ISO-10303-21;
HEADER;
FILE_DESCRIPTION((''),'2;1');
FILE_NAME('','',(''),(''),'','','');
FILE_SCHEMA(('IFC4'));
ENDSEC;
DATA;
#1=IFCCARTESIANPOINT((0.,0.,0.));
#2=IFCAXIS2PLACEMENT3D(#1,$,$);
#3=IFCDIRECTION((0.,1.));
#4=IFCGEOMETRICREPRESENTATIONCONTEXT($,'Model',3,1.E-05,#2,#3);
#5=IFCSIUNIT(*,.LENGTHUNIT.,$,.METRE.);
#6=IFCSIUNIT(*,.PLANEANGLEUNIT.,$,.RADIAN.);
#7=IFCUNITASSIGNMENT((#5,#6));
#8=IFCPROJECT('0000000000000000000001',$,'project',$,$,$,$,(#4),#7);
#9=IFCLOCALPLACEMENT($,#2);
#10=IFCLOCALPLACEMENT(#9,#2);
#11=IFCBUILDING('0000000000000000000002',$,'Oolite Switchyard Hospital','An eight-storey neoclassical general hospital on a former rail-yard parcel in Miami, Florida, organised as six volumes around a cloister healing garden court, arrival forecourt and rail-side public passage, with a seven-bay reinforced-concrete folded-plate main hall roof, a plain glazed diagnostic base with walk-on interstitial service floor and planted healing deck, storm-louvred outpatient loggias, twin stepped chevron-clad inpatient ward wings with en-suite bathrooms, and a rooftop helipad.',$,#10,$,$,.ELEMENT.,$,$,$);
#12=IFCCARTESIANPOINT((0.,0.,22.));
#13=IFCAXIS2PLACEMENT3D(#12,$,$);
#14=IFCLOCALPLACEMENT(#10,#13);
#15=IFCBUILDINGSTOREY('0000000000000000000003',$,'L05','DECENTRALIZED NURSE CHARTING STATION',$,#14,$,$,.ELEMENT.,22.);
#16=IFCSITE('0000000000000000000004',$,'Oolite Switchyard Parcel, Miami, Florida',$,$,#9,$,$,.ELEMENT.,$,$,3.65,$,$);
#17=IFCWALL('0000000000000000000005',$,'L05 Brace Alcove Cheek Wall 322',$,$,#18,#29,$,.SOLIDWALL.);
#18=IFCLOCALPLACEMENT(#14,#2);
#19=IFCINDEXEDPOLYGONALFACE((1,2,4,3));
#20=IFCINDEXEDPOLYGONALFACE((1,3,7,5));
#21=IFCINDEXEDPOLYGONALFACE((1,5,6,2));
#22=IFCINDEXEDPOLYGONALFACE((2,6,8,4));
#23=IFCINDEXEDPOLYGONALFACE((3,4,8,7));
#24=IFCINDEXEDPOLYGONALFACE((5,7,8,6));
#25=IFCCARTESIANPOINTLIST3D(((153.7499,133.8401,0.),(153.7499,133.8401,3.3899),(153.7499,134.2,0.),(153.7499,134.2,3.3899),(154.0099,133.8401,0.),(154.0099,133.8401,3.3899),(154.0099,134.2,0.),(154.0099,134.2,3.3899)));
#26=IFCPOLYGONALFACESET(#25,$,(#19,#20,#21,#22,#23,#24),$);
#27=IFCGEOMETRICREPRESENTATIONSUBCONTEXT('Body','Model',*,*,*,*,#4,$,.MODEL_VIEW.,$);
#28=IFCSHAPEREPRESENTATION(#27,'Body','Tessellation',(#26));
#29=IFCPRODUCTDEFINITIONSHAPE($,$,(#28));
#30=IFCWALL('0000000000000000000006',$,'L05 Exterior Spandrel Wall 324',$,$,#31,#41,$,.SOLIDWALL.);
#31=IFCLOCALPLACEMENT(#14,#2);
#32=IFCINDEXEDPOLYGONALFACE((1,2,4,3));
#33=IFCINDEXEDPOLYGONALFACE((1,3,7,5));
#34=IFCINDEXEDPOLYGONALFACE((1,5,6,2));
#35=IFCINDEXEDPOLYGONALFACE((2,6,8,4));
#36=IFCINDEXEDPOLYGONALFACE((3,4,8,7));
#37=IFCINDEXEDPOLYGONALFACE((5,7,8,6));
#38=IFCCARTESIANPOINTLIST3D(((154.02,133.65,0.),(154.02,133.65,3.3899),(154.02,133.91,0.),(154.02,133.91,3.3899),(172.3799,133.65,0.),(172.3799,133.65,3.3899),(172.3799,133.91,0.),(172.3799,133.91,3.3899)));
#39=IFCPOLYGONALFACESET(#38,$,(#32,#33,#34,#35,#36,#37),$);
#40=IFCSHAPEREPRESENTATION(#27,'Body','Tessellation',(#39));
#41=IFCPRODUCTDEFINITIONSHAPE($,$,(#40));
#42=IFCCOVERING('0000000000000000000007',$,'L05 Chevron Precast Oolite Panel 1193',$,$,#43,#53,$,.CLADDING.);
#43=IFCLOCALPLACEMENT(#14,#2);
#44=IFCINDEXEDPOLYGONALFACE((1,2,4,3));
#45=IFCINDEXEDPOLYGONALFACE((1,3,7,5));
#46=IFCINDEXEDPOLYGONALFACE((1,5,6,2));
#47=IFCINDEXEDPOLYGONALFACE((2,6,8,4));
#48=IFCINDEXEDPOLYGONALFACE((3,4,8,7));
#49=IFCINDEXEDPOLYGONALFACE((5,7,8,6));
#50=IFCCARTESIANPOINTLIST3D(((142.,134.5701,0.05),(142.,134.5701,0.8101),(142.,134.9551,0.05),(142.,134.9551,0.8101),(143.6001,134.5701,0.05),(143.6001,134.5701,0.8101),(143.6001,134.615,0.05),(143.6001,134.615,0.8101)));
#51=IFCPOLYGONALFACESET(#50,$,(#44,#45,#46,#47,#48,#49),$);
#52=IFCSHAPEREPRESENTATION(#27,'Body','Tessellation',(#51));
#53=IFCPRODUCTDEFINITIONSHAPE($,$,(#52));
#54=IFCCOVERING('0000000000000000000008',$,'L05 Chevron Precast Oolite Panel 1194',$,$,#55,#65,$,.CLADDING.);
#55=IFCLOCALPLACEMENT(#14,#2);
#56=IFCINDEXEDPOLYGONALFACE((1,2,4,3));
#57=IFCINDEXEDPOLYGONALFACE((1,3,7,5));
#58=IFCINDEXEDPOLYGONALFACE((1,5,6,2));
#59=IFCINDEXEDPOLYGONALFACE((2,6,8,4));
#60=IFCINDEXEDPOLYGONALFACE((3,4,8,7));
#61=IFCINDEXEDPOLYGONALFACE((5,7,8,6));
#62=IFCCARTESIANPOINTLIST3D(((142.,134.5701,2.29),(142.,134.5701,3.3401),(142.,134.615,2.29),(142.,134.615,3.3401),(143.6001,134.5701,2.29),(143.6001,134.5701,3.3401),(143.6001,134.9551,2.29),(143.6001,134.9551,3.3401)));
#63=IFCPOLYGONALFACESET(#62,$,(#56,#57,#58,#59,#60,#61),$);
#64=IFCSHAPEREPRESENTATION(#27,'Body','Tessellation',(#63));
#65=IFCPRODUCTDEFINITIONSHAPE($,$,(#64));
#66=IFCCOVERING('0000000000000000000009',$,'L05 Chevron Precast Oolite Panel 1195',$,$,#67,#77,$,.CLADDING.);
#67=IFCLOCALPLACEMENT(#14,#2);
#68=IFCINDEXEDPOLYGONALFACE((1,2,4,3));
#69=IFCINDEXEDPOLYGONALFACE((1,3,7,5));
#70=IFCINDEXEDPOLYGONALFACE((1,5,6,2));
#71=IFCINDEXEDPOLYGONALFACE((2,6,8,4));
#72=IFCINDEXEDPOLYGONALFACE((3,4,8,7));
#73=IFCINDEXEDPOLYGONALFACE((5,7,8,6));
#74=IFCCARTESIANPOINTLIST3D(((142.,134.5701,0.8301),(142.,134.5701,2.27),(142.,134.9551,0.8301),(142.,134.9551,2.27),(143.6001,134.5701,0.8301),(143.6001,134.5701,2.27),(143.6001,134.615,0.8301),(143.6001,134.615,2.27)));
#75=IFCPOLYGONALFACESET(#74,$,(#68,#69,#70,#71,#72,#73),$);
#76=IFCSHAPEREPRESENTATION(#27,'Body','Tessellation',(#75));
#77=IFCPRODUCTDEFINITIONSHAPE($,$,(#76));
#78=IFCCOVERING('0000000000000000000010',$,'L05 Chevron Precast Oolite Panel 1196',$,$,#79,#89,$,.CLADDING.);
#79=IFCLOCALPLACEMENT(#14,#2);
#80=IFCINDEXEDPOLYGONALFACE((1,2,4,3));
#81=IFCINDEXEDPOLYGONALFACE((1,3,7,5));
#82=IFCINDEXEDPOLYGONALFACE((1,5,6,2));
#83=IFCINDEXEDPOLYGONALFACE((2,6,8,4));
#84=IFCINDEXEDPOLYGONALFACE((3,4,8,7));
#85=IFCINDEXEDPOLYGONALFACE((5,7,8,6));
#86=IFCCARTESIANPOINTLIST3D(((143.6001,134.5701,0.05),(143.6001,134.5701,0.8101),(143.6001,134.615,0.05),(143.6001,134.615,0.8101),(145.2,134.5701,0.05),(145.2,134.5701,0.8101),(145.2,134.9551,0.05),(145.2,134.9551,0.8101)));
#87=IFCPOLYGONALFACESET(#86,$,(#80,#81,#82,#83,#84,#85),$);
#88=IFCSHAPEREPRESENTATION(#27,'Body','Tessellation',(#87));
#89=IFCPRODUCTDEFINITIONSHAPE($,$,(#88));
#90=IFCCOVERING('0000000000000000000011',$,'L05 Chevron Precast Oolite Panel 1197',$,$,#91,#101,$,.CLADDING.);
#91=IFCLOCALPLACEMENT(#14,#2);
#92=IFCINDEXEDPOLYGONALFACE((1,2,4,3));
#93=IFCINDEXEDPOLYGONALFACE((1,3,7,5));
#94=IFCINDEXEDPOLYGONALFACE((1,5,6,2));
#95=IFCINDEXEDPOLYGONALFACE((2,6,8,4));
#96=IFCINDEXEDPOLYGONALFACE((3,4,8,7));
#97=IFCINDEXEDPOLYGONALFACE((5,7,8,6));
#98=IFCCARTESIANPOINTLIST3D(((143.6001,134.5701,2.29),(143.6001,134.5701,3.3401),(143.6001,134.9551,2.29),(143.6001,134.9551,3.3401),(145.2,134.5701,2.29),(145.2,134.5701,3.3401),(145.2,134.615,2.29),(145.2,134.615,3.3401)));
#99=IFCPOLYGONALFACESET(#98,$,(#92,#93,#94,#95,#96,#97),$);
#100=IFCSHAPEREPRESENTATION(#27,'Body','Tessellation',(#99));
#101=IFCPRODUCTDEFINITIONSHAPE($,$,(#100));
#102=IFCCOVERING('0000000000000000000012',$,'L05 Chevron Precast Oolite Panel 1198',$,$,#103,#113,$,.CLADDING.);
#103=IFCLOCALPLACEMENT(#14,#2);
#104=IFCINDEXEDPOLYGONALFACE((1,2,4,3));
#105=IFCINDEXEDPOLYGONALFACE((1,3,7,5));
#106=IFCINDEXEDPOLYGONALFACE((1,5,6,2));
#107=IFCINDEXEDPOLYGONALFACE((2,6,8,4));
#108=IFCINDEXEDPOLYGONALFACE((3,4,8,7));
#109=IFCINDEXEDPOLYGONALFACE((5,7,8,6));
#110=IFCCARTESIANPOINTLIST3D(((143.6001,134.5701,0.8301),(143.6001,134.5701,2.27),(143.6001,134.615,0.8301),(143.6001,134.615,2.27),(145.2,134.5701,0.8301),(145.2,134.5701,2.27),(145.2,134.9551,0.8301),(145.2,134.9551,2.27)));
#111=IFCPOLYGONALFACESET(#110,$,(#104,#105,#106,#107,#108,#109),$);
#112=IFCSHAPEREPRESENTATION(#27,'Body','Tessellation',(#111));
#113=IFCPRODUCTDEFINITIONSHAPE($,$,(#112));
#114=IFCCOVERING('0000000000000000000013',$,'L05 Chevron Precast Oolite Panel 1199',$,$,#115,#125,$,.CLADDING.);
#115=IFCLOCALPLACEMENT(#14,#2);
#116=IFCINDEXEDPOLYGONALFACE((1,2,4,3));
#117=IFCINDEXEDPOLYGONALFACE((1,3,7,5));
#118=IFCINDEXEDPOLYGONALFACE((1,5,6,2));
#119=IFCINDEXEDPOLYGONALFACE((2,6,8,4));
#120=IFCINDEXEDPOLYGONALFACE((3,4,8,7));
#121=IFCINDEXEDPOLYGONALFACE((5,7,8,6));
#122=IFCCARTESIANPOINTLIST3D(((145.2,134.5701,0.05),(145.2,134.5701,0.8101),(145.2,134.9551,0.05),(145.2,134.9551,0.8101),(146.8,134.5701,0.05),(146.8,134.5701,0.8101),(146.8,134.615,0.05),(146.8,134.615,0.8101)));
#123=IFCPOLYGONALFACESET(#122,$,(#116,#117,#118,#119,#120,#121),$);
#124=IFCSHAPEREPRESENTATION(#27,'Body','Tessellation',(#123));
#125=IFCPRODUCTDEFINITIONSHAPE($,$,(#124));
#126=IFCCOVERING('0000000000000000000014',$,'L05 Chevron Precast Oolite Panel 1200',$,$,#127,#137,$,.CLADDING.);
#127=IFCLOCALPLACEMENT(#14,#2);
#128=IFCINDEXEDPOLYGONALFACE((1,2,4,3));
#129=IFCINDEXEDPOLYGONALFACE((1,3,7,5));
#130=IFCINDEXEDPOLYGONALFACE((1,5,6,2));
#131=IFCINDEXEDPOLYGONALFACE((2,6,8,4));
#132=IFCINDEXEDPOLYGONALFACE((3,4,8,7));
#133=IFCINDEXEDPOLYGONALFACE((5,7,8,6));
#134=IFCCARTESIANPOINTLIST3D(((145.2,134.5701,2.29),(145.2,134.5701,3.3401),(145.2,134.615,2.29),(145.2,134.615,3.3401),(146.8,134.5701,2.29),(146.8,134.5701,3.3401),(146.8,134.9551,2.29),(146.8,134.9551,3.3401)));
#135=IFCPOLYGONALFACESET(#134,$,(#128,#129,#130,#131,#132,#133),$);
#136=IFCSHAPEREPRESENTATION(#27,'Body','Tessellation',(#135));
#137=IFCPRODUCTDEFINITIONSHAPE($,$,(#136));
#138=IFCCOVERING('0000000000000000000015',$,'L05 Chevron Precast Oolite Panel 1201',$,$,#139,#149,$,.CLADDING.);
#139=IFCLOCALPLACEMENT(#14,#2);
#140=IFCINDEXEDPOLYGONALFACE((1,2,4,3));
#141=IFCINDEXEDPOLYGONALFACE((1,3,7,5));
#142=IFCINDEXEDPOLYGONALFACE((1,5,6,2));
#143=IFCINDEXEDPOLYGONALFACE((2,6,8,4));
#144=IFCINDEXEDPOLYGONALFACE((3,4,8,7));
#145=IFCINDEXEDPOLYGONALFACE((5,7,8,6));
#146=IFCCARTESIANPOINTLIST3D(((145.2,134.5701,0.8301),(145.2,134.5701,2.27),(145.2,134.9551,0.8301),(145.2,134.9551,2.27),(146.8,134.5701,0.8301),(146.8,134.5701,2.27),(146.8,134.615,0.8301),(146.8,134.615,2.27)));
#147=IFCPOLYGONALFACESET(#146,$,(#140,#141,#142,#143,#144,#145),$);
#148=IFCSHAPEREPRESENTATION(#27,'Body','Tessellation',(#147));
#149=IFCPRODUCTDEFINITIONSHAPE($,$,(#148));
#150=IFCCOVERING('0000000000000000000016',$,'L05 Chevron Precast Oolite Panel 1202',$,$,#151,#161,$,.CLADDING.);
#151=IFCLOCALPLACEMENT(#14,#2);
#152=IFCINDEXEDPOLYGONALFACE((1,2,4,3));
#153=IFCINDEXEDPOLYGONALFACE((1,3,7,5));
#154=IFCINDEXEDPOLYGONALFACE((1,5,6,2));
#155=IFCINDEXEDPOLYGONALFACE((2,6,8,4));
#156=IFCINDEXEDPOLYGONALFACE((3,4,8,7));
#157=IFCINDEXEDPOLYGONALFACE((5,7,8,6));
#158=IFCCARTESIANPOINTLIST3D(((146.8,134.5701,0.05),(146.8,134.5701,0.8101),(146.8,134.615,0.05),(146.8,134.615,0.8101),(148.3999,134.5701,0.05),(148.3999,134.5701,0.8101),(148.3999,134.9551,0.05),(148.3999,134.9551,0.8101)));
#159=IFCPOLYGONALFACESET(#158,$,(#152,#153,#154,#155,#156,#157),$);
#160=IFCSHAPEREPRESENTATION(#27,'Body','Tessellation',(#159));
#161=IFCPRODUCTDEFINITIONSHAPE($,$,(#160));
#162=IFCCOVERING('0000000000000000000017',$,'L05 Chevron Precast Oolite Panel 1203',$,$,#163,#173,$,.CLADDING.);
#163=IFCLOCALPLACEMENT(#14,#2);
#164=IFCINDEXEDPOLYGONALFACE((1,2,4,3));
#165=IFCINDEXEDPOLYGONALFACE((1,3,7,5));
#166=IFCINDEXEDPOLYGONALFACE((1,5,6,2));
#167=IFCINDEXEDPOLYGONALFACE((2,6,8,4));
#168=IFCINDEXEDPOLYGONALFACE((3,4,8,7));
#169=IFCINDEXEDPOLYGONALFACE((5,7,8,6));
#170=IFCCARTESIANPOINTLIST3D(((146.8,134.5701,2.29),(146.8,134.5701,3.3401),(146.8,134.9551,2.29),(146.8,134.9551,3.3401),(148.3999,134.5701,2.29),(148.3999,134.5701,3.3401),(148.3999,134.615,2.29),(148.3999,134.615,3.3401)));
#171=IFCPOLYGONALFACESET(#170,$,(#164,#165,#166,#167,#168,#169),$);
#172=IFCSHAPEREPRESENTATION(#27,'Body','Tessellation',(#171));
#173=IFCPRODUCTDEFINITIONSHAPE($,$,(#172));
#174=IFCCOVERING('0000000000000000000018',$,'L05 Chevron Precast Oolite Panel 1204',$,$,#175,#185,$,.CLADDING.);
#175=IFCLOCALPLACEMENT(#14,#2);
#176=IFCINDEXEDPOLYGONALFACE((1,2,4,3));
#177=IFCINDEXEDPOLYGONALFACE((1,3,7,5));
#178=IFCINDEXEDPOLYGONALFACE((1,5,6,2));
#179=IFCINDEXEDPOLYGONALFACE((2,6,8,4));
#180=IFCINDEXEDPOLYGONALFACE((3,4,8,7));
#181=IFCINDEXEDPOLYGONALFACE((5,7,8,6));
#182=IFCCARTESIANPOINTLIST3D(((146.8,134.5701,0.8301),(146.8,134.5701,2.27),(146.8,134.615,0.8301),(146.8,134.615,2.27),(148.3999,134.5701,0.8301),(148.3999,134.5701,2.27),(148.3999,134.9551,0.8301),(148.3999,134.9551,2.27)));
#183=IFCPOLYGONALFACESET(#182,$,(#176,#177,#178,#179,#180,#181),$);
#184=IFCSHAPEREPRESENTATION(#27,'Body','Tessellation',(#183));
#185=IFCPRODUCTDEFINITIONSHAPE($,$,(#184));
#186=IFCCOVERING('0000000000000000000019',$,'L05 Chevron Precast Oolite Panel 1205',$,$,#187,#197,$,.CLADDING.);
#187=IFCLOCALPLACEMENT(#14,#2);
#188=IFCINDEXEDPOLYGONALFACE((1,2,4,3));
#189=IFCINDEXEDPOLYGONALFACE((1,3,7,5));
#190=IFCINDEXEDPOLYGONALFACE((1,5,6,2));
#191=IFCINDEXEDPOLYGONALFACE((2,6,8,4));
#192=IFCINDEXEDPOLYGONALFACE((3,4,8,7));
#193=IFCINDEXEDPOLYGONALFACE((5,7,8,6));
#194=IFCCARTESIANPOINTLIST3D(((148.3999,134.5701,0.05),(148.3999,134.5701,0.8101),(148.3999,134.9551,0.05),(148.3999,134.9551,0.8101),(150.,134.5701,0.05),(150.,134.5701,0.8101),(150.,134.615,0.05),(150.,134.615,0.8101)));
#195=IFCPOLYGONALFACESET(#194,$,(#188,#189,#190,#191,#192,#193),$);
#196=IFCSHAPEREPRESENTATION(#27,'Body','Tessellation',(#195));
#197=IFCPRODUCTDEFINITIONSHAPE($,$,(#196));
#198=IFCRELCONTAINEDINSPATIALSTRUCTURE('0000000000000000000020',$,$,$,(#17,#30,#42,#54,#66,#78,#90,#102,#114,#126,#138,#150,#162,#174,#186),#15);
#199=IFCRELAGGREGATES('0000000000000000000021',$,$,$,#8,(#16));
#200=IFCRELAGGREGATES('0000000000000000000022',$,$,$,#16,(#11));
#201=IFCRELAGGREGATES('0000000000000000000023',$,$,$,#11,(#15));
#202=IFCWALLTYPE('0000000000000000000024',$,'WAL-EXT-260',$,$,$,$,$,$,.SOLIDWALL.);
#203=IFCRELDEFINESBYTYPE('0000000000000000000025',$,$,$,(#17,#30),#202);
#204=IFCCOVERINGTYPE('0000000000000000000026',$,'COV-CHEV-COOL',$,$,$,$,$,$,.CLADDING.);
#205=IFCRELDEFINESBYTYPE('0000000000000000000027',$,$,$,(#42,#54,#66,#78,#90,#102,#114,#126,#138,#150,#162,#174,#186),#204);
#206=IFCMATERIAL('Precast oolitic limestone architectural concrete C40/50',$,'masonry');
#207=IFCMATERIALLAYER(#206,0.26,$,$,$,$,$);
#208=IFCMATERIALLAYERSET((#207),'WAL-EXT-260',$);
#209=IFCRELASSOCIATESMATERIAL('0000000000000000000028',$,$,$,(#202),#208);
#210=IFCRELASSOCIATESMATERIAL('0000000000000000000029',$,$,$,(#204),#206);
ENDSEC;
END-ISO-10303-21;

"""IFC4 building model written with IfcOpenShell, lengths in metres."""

from ifc_helpers import new_model, si_unit, direction, frame, frame_2d, origin, place, context, subcontext, project, spatial, polyline, rectangle, outline, extrude, material, layer, layer_set, type_object, element, save


model = new_model("IFC4")

# Units and contexts
model_context = context("Model", 3, precision=1e-05, world=origin(), true_north=direction((0.0, 1.0)))
body_context = subcontext(model_context, "Body", "Model", "MODEL_VIEW")
ifc_project = project(units=[si_unit("LENGTHUNIT", "METRE"), si_unit("PLANEANGLEUNIT", "RADIAN")], contexts=[model_context])

# Site, building, storey
site_placement = place(None, origin())
site = spatial("IfcSite", under=ifc_project, at=site_placement, Name="Oolite Switchyard Parcel, Miami, Florida", CompositionType="ELEMENT", RefElevation=3.65)
building_placement = place(site_placement, origin())
building = spatial("IfcBuilding", under=site, at=building_placement, Name="Oolite Switchyard Hospital", Description="An eight-storey neoclassical general hospital on a former rail-yard parcel in Miami, Florida, organised as six volumes around a cloister healing garden court, arrival forecourt and rail-side public passage, with a seven-bay reinforced-concrete folded-plate main hall roof, a plain glazed diagnostic base with walk-on interstitial service floor and planted healing deck, storm-louvred outpatient loggias, twin stepped chevron-clad inpatient ward wings with en-suite bathrooms, and a rooftop helipad.", CompositionType="ELEMENT")
storey_placement = place(building_placement, frame((0.0, 0.0, 22.0)))
storey = spatial("IfcBuildingStorey", under=building, at=storey_placement, Name="L05", Description="DECENTRALIZED NURSE CHARTING STATION", CompositionType="ELEMENT", Elevation=22.0)

# Walls
ifc_material_1 = material(Name="Precast oolitic limestone architectural concrete C40/50", Category="masonry")
ifc_layer_1 = layer(ifc_material_1, 0.26)
ifc_layer_set_1 = layer_set([ifc_layer_1], Name="WAL-EXT-260")
wall_type = type_object("IfcWallType", Name="WAL-EXT-260", PredefinedType="SOLIDWALL", material=ifc_layer_set_1)
wall_1_placement = place(storey_placement, frame((153.8799, 134.2, 0.0), z_axis=(0.0, 0.0, 1.0), x_axis=(0.0, -1.0, 0.0)))
element("IfcWall", 1, at=wall_1_placement, inside=storey, type_object=wall_type, Name="L05 Brace Alcove Cheek Wall 322", PredefinedType="SOLIDWALL", context=body_context, shape_type="SweptSolid", body=[
    extrude(rectangle(XDim=0.3599, YDim=0.26, at=frame_2d((0.1799, 0.0))), origin(), (0.0, 0.0, 1.0), 3.3899),
])
wall_2_placement = place(storey_placement, frame((154.02, 133.78, 0.0), z_axis=(0.0, 0.0, 1.0), x_axis=(1.0, 0.0, 0.0)))
element("IfcWall", 2, at=wall_2_placement, inside=storey, type_object=wall_type, Name="L05 Exterior Spandrel Wall 324", PredefinedType="SOLIDWALL", context=body_context, shape_type="SweptSolid", body=[
    extrude(rectangle(XDim=18.3599, YDim=0.26, at=frame_2d((9.1799, 0.0))), origin(), (0.0, 0.0, 1.0), 3.3899),
])

# Coverings
covering_type = type_object("IfcCoveringType", Name="COV-CHEV-COOL", PredefinedType="CLADDING", material=ifc_material_1)
covering_1_placement = place(storey_placement, frame((142.0, 134.5701, 0.05), z_axis=(0.0, 0.0, 1.0), x_axis=(1.0, 0.0, 0.0)))
element("IfcCovering", 3, at=covering_1_placement, inside=storey, type_object=covering_type, Name="L05 Chevron Precast Oolite Panel 1193", PredefinedType="CLADDING", context=body_context, shape_type="SweptSolid", body=[
    extrude(outline(polyline([(0.0, 0.0), (1.6001, 0.0), (1.6001, 0.0449), (0.0, 0.385), (0.0, 0.0)])), origin(), (0.0, 0.0, 1.0), 0.76),
])
covering_2_placement = place(storey_placement, frame((142.0, 134.5701, 2.29), z_axis=(0.0, 0.0, 1.0), x_axis=(1.0, 0.0, 0.0)))
element("IfcCovering", 4, at=covering_2_placement, inside=storey, type_object=covering_type, Name="L05 Chevron Precast Oolite Panel 1194", PredefinedType="CLADDING", context=body_context, shape_type="SweptSolid", body=[
    extrude(outline(polyline([(0.0, 0.0), (1.6001, 0.0), (1.6001, 0.385), (0.0, 0.0449), (0.0, 0.0)])), origin(), (0.0, 0.0, 1.0), 1.05),
])
covering_3_placement = place(storey_placement, frame((142.0, 134.5701, 0.8301), z_axis=(0.0, 0.0, 1.0), x_axis=(1.0, 0.0, 0.0)))
element("IfcCovering", 5, at=covering_3_placement, inside=storey, type_object=covering_type, Name="L05 Chevron Precast Oolite Panel 1195", PredefinedType="CLADDING", context=body_context, shape_type="SweptSolid", body=[
    extrude(outline(polyline([(0.0, 0.0), (1.6001, 0.0), (1.6001, 0.0449), (0.0, 0.385), (0.0, 0.0)])), origin(), (0.0, 0.0, 1.0), 1.4399),
])
covering_4_placement = place(storey_placement, frame((143.6001, 134.5701, 0.05), z_axis=(0.0, 0.0, 1.0), x_axis=(1.0, 0.0, 0.0)))
element("IfcCovering", 6, at=covering_4_placement, inside=storey, type_object=covering_type, Name="L05 Chevron Precast Oolite Panel 1196", PredefinedType="CLADDING", context=body_context, shape_type="SweptSolid", body=[
    extrude(outline(polyline([(0.0, 0.0), (1.5999, 0.0), (1.5999, 0.385), (0.0, 0.0449), (0.0, 0.0)])), origin(), (0.0, 0.0, 1.0), 0.76),
])
covering_5_placement = place(storey_placement, frame((143.6001, 134.5701, 2.29), z_axis=(0.0, 0.0, 1.0), x_axis=(1.0, 0.0, 0.0)))
element("IfcCovering", 7, at=covering_5_placement, inside=storey, type_object=covering_type, Name="L05 Chevron Precast Oolite Panel 1197", PredefinedType="CLADDING", context=body_context, shape_type="SweptSolid", body=[
    extrude(outline(polyline([(0.0, 0.0), (1.5999, 0.0), (1.5999, 0.0449), (0.0, 0.385), (0.0, 0.0)])), origin(), (0.0, 0.0, 1.0), 1.05),
])
covering_6_placement = place(storey_placement, frame((143.6001, 134.5701, 0.8301), z_axis=(0.0, 0.0, 1.0), x_axis=(1.0, 0.0, 0.0)))
element("IfcCovering", 8, at=covering_6_placement, inside=storey, type_object=covering_type, Name="L05 Chevron Precast Oolite Panel 1198", PredefinedType="CLADDING", context=body_context, shape_type="SweptSolid", body=[
    extrude(outline(polyline([(0.0, 0.0), (1.5999, 0.0), (1.5999, 0.385), (0.0, 0.0449), (0.0, 0.0)])), origin(), (0.0, 0.0, 1.0), 1.4399),
])
covering_7_placement = place(storey_placement, frame((145.2, 134.5701, 0.05), z_axis=(0.0, 0.0, 1.0), x_axis=(1.0, 0.0, 0.0)))
element("IfcCovering", 9, at=covering_7_placement, inside=storey, type_object=covering_type, Name="L05 Chevron Precast Oolite Panel 1199", PredefinedType="CLADDING", context=body_context, shape_type="SweptSolid", body=[
    extrude(outline(polyline([(0.0, 0.0), (1.6001, 0.0), (1.6001, 0.0449), (0.0, 0.385), (0.0, 0.0)])), origin(), (0.0, 0.0, 1.0), 0.76),
])
covering_8_placement = place(storey_placement, frame((145.2, 134.5701, 2.29), z_axis=(0.0, 0.0, 1.0), x_axis=(1.0, 0.0, 0.0)))
element("IfcCovering", 10, at=covering_8_placement, inside=storey, type_object=covering_type, Name="L05 Chevron Precast Oolite Panel 1200", PredefinedType="CLADDING", context=body_context, shape_type="SweptSolid", body=[
    extrude(outline(polyline([(0.0, 0.0), (1.6001, 0.0), (1.6001, 0.385), (0.0, 0.0449), (0.0, 0.0)])), origin(), (0.0, 0.0, 1.0), 1.05),
])
covering_9_placement = place(storey_placement, frame((145.2, 134.5701, 0.8301), z_axis=(0.0, 0.0, 1.0), x_axis=(1.0, 0.0, 0.0)))
element("IfcCovering", 11, at=covering_9_placement, inside=storey, type_object=covering_type, Name="L05 Chevron Precast Oolite Panel 1201", PredefinedType="CLADDING", context=body_context, shape_type="SweptSolid", body=[
    extrude(outline(polyline([(0.0, 0.0), (1.6001, 0.0), (1.6001, 0.0449), (0.0, 0.385), (0.0, 0.0)])), origin(), (0.0, 0.0, 1.0), 1.4399),
])
covering_10_placement = place(storey_placement, frame((146.8, 134.5701, 0.05), z_axis=(0.0, 0.0, 1.0), x_axis=(1.0, 0.0, 0.0)))
element("IfcCovering", 12, at=covering_10_placement, inside=storey, type_object=covering_type, Name="L05 Chevron Precast Oolite Panel 1202", PredefinedType="CLADDING", context=body_context, shape_type="SweptSolid", body=[
    extrude(outline(polyline([(0.0, 0.0), (1.5999, 0.0), (1.5999, 0.385), (0.0, 0.0449), (0.0, 0.0)])), origin(), (0.0, 0.0, 1.0), 0.76),
])
covering_11_placement = place(storey_placement, frame((146.8, 134.5701, 2.29), z_axis=(0.0, 0.0, 1.0), x_axis=(1.0, 0.0, 0.0)))
element("IfcCovering", 13, at=covering_11_placement, inside=storey, type_object=covering_type, Name="L05 Chevron Precast Oolite Panel 1203", PredefinedType="CLADDING", context=body_context, shape_type="SweptSolid", body=[
    extrude(outline(polyline([(0.0, 0.0), (1.5999, 0.0), (1.5999, 0.0449), (0.0, 0.385), (0.0, 0.0)])), origin(), (0.0, 0.0, 1.0), 1.05),
])
covering_12_placement = place(storey_placement, frame((146.8, 134.5701, 0.8301), z_axis=(0.0, 0.0, 1.0), x_axis=(1.0, 0.0, 0.0)))
element("IfcCovering", 14, at=covering_12_placement, inside=storey, type_object=covering_type, Name="L05 Chevron Precast Oolite Panel 1204", PredefinedType="CLADDING", context=body_context, shape_type="SweptSolid", body=[
    extrude(outline(polyline([(0.0, 0.0), (1.5999, 0.0), (1.5999, 0.385), (0.0, 0.0449), (0.0, 0.0)])), origin(), (0.0, 0.0, 1.0), 1.4399),
])
covering_13_placement = place(storey_placement, frame((148.3999, 134.5701, 0.05), z_axis=(0.0, 0.0, 1.0), x_axis=(1.0, 0.0, 0.0)))
element("IfcCovering", 15, at=covering_13_placement, inside=storey, type_object=covering_type, Name="L05 Chevron Precast Oolite Panel 1205", PredefinedType="CLADDING", context=body_context, shape_type="SweptSolid", body=[
    extrude(outline(polyline([(0.0, 0.0), (1.6001, 0.0), (1.6001, 0.0449), (0.0, 0.385), (0.0, 0.0)])), origin(), (0.0, 0.0, 1.0), 0.76),
])

save(model, "model.ifc")
